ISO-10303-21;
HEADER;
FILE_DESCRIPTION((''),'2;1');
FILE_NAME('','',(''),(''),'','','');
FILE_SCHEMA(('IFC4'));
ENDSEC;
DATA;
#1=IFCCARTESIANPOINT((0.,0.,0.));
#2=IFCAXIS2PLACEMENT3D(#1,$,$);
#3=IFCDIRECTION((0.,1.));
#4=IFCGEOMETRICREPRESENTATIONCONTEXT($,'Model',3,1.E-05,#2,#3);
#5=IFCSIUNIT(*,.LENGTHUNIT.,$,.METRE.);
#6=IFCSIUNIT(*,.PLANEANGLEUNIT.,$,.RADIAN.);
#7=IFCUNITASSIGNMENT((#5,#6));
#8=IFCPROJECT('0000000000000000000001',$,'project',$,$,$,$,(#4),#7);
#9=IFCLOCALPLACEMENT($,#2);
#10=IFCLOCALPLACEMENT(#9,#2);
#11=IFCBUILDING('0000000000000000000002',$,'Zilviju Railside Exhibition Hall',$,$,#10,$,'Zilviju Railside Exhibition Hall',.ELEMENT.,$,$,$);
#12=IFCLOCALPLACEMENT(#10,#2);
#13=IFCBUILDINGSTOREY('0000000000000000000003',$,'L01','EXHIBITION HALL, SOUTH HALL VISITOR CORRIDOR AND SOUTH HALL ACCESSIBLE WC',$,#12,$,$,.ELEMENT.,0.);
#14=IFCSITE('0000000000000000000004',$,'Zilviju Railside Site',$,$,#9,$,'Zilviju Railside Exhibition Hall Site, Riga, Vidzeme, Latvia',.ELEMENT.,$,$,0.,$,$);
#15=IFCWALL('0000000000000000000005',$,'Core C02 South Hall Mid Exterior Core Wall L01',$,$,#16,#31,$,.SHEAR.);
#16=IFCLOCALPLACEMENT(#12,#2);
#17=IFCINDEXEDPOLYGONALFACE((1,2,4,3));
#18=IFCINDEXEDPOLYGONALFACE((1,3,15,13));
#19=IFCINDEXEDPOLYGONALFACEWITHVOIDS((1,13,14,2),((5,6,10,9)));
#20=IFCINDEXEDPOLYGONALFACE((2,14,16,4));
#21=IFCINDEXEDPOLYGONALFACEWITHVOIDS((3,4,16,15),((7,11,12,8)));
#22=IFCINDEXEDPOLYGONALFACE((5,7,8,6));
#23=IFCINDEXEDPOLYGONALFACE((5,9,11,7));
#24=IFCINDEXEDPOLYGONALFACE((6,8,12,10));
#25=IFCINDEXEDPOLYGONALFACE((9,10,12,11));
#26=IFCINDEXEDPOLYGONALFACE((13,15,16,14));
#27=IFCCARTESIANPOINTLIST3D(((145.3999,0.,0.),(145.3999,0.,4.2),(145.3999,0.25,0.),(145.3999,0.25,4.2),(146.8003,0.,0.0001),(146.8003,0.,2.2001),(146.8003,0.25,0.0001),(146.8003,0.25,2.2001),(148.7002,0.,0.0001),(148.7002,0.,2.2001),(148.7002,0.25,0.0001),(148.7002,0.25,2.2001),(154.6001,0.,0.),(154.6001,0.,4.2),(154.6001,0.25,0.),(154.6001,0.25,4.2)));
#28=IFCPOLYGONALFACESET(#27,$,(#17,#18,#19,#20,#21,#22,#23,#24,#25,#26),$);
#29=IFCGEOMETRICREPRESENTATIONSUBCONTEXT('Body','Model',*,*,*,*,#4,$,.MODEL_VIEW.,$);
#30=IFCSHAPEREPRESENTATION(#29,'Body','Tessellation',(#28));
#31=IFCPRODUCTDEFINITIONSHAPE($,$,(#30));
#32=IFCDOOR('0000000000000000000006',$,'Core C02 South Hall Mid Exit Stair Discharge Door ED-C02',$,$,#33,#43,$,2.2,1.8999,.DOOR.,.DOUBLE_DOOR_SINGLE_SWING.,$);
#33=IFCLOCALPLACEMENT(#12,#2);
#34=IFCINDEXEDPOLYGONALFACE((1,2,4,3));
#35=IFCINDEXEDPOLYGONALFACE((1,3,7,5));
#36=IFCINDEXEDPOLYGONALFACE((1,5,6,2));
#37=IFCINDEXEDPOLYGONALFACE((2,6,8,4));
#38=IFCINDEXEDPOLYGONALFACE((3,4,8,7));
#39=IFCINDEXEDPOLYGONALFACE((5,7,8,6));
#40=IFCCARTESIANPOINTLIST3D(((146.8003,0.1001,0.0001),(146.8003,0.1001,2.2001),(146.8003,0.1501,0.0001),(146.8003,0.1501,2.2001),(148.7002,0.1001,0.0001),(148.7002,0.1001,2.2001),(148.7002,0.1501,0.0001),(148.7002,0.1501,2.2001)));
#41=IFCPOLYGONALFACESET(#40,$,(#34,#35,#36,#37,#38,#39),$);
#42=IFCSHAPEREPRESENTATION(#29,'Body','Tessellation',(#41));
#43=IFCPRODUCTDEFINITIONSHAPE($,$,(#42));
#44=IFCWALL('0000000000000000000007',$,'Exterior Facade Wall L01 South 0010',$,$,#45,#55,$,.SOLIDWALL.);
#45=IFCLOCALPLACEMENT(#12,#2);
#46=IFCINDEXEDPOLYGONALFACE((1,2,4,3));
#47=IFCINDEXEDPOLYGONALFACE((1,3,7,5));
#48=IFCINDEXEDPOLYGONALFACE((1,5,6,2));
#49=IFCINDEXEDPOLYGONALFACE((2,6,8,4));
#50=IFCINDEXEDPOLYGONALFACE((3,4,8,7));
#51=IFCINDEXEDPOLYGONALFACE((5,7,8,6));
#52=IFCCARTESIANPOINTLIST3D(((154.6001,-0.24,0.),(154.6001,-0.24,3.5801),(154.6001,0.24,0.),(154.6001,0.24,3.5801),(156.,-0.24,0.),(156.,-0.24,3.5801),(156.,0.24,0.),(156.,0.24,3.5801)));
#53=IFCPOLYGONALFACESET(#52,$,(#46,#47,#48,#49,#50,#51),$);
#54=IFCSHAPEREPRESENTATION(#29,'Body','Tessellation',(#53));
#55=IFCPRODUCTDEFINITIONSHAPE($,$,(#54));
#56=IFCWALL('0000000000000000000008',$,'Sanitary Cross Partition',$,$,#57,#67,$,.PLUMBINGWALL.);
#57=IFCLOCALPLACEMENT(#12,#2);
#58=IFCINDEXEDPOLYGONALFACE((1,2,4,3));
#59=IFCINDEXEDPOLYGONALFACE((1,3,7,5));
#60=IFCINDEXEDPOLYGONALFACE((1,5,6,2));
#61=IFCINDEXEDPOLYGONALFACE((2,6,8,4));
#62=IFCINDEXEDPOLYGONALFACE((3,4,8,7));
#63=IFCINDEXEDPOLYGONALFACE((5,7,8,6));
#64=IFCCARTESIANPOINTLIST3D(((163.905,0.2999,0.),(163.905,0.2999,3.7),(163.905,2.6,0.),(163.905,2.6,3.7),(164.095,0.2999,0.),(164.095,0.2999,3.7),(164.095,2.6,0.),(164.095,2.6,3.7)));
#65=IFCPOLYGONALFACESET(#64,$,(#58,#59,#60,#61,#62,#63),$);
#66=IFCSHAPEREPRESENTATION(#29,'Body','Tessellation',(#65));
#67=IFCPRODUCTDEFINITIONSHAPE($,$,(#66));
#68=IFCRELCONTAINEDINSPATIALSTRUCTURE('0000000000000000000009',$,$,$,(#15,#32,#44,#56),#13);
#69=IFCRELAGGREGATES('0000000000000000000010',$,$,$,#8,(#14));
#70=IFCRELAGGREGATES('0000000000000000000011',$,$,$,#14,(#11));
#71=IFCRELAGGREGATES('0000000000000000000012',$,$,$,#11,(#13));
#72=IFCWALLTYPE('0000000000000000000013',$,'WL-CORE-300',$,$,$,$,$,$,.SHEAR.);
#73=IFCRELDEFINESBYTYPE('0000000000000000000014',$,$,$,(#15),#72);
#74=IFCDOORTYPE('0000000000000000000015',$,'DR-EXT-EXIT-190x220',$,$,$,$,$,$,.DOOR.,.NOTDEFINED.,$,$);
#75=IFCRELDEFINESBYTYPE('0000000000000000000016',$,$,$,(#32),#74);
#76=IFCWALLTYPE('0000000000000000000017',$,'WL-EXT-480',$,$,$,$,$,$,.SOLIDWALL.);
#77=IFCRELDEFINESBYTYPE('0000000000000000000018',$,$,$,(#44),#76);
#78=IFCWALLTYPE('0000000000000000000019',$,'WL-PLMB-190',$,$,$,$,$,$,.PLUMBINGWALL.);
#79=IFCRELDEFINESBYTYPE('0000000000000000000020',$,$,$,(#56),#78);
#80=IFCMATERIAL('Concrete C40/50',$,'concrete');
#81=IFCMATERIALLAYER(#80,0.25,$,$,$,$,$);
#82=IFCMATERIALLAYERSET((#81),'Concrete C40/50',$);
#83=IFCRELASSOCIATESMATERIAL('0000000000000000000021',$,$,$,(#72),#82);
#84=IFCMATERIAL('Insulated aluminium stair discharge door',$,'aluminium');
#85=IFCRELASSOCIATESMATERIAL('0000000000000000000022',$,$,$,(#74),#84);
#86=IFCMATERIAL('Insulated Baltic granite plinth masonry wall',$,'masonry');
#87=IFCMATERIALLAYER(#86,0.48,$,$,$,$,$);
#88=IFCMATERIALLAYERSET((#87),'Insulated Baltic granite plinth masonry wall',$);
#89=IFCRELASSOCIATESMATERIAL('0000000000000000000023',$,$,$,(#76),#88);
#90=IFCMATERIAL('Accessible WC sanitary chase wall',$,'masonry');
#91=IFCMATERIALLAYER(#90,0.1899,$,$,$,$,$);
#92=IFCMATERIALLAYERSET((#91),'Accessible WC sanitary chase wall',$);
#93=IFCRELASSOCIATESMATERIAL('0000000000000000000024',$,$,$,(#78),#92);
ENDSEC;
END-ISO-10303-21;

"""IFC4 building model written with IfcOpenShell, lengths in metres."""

from ifc_helpers import new_model, si_unit, direction, frame, frame_2d, origin, place, context, subcontext, project, spatial, rectangle, extrude, material, layer, layer_set, type_object, element, fill, save


model = new_model("IFC4")

# Units and contexts
model_context = context("Model", 3, precision=1e-05, world=origin(), true_north=direction((0.0, 1.0)))
body_context = subcontext(model_context, "Body", "Model", "MODEL_VIEW")
ifc_project = project(units=[si_unit("LENGTHUNIT", "METRE"), si_unit("PLANEANGLEUNIT", "RADIAN")], contexts=[model_context])

# Site, building, storey
site_placement = place(None, origin())
site = spatial("IfcSite", under=ifc_project, at=site_placement, Name="Zilviju Railside Site", LongName="Zilviju Railside Exhibition Hall Site, Riga, Vidzeme, Latvia", CompositionType="ELEMENT", RefElevation=0.0)
building_placement = place(site_placement, origin())
building = spatial("IfcBuilding", under=site, at=building_placement, Name="Zilviju Railside Exhibition Hall", LongName="Zilviju Railside Exhibition Hall", CompositionType="ELEMENT")
storey_placement = place(building_placement, origin())
storey = spatial("IfcBuildingStorey", under=building, at=storey_placement, Name="L01", Description="EXHIBITION HALL, SOUTH HALL VISITOR CORRIDOR AND SOUTH HALL ACCESSIBLE WC", CompositionType="ELEMENT", Elevation=0.0)

# Shared definitions
ifc_material_1 = material(Name="Concrete C40/50", Category="concrete")

# Wall, opening, door
ifc_layer_1 = layer(ifc_material_1, 0.25)
ifc_layer_set_1 = layer_set([ifc_layer_1], Name="Concrete C40/50")
wall_type_1 = type_object("IfcWallType", Name="WL-CORE-300", PredefinedType="SHEAR", material=ifc_layer_set_1)
wall_1_placement = place(storey_placement, frame((154.6001, 0.125, 0.0), z_axis=(0.0, 0.0, 1.0), x_axis=(-1.0, 0.0, 0.0)))
wall_1 = element("IfcWall", 1, at=wall_1_placement, inside=storey, type_object=wall_type_1, Name="Core C02 South Hall Mid Exterior Core Wall L01", PredefinedType="SHEAR", context=body_context, shape_type="SweptSolid", body=[
    extrude(rectangle(XDim=9.2002, YDim=0.25, at=frame_2d((4.6001, 0.0))), origin(), (0.0, 0.0, 1.0), 4.2),
])
opening_1_placement = place(wall_1_placement, frame((5.8999, 0.0, 0.0)))
opening_1 = element("IfcOpeningElement", 2, at=opening_1_placement, cuts=wall_1, PredefinedType="OPENING", context=body_context, shape_type="SweptSolid", body=[
    extrude(rectangle(XDim=1.8999, YDim=2.2, at=frame_2d((0.95, 1.1001))), frame((0.0, 0.135, 0.0), z_axis=(0.0, -1.0, 0.0), x_axis=(1.0, 0.0, 0.0)), (0.0, 0.0, 1.0), 0.27),
])
ifc_material_2 = material(Name="Insulated aluminium stair discharge door", Category="aluminium")
door_type_1 = type_object("IfcDoorType", Name="DR-EXT-EXIT-190x220", OperationType="NOTDEFINED", PredefinedType="DOOR", material=ifc_material_2)
door_1_placement = place(opening_1_placement, origin())
door_1 = element("IfcDoor", 3, at=door_1_placement, inside=storey, type_object=door_type_1, Name="Core C02 South Hall Mid Exit Stair Discharge Door ED-C02", OperationType="DOUBLE_DOOR_SINGLE_SWING", OverallHeight=2.2, OverallWidth=1.8999, PredefinedType="DOOR", context=body_context, shape_type="SweptSolid", body=[
    extrude(rectangle(XDim=1.8999, YDim=2.2, at=frame_2d((0.95, 1.1001))), frame((0.0, 0.0249, 0.0), z_axis=(0.0, -1.0, 0.0), x_axis=(1.0, 0.0, 0.0)), (0.0, 0.0, 1.0), 0.05),
])
fill(opening_1, door_1)

# Walls
ifc_material_3 = material(Name="Insulated Baltic granite plinth masonry wall", Category="masonry")
ifc_layer_2 = layer(ifc_material_3, 0.48)
ifc_layer_set_2 = layer_set([ifc_layer_2], Name="Insulated Baltic granite plinth masonry wall")
wall_type_2 = type_object("IfcWallType", Name="WL-EXT-480", PredefinedType="SOLIDWALL", material=ifc_layer_set_2)
wall_2_placement = place(storey_placement, frame((156.0, 0.0, 0.0), z_axis=(0.0, 0.0, 1.0), x_axis=(-1.0, 0.0, 0.0)))
element("IfcWall", 4, at=wall_2_placement, inside=storey, type_object=wall_type_2, Name="Exterior Facade Wall L01 South 0010", PredefinedType="SOLIDWALL", context=body_context, shape_type="SweptSolid", body=[
    extrude(rectangle(XDim=1.3999, YDim=0.48, at=frame_2d((0.7, 0.0))), origin(), (0.0, 0.0, 1.0), 3.5801),
])
ifc_material_4 = material(Name="Accessible WC sanitary chase wall", Category="masonry")
ifc_layer_3 = layer(ifc_material_4, 0.1899)
ifc_layer_set_3 = layer_set([ifc_layer_3], Name="Accessible WC sanitary chase wall")
wall_type_3 = type_object("IfcWallType", Name="WL-PLMB-190", PredefinedType="PLUMBINGWALL", material=ifc_layer_set_3)
wall_3_placement = place(storey_placement, frame((164.0, 0.3, 0.0), z_axis=(0.0, 0.0, 1.0), x_axis=(0.0, 1.0, 0.0)))
element("IfcWall", 5, at=wall_3_placement, inside=storey, type_object=wall_type_3, Name="Sanitary Cross Partition", PredefinedType="PLUMBINGWALL", context=body_context, shape_type="SweptSolid", body=[
    extrude(rectangle(XDim=2.3, YDim=0.1899, at=frame_2d((1.1499, 0.0))), origin(), (0.0, 0.0, 1.0), 3.7),
])

save(model, "model.ifc")
